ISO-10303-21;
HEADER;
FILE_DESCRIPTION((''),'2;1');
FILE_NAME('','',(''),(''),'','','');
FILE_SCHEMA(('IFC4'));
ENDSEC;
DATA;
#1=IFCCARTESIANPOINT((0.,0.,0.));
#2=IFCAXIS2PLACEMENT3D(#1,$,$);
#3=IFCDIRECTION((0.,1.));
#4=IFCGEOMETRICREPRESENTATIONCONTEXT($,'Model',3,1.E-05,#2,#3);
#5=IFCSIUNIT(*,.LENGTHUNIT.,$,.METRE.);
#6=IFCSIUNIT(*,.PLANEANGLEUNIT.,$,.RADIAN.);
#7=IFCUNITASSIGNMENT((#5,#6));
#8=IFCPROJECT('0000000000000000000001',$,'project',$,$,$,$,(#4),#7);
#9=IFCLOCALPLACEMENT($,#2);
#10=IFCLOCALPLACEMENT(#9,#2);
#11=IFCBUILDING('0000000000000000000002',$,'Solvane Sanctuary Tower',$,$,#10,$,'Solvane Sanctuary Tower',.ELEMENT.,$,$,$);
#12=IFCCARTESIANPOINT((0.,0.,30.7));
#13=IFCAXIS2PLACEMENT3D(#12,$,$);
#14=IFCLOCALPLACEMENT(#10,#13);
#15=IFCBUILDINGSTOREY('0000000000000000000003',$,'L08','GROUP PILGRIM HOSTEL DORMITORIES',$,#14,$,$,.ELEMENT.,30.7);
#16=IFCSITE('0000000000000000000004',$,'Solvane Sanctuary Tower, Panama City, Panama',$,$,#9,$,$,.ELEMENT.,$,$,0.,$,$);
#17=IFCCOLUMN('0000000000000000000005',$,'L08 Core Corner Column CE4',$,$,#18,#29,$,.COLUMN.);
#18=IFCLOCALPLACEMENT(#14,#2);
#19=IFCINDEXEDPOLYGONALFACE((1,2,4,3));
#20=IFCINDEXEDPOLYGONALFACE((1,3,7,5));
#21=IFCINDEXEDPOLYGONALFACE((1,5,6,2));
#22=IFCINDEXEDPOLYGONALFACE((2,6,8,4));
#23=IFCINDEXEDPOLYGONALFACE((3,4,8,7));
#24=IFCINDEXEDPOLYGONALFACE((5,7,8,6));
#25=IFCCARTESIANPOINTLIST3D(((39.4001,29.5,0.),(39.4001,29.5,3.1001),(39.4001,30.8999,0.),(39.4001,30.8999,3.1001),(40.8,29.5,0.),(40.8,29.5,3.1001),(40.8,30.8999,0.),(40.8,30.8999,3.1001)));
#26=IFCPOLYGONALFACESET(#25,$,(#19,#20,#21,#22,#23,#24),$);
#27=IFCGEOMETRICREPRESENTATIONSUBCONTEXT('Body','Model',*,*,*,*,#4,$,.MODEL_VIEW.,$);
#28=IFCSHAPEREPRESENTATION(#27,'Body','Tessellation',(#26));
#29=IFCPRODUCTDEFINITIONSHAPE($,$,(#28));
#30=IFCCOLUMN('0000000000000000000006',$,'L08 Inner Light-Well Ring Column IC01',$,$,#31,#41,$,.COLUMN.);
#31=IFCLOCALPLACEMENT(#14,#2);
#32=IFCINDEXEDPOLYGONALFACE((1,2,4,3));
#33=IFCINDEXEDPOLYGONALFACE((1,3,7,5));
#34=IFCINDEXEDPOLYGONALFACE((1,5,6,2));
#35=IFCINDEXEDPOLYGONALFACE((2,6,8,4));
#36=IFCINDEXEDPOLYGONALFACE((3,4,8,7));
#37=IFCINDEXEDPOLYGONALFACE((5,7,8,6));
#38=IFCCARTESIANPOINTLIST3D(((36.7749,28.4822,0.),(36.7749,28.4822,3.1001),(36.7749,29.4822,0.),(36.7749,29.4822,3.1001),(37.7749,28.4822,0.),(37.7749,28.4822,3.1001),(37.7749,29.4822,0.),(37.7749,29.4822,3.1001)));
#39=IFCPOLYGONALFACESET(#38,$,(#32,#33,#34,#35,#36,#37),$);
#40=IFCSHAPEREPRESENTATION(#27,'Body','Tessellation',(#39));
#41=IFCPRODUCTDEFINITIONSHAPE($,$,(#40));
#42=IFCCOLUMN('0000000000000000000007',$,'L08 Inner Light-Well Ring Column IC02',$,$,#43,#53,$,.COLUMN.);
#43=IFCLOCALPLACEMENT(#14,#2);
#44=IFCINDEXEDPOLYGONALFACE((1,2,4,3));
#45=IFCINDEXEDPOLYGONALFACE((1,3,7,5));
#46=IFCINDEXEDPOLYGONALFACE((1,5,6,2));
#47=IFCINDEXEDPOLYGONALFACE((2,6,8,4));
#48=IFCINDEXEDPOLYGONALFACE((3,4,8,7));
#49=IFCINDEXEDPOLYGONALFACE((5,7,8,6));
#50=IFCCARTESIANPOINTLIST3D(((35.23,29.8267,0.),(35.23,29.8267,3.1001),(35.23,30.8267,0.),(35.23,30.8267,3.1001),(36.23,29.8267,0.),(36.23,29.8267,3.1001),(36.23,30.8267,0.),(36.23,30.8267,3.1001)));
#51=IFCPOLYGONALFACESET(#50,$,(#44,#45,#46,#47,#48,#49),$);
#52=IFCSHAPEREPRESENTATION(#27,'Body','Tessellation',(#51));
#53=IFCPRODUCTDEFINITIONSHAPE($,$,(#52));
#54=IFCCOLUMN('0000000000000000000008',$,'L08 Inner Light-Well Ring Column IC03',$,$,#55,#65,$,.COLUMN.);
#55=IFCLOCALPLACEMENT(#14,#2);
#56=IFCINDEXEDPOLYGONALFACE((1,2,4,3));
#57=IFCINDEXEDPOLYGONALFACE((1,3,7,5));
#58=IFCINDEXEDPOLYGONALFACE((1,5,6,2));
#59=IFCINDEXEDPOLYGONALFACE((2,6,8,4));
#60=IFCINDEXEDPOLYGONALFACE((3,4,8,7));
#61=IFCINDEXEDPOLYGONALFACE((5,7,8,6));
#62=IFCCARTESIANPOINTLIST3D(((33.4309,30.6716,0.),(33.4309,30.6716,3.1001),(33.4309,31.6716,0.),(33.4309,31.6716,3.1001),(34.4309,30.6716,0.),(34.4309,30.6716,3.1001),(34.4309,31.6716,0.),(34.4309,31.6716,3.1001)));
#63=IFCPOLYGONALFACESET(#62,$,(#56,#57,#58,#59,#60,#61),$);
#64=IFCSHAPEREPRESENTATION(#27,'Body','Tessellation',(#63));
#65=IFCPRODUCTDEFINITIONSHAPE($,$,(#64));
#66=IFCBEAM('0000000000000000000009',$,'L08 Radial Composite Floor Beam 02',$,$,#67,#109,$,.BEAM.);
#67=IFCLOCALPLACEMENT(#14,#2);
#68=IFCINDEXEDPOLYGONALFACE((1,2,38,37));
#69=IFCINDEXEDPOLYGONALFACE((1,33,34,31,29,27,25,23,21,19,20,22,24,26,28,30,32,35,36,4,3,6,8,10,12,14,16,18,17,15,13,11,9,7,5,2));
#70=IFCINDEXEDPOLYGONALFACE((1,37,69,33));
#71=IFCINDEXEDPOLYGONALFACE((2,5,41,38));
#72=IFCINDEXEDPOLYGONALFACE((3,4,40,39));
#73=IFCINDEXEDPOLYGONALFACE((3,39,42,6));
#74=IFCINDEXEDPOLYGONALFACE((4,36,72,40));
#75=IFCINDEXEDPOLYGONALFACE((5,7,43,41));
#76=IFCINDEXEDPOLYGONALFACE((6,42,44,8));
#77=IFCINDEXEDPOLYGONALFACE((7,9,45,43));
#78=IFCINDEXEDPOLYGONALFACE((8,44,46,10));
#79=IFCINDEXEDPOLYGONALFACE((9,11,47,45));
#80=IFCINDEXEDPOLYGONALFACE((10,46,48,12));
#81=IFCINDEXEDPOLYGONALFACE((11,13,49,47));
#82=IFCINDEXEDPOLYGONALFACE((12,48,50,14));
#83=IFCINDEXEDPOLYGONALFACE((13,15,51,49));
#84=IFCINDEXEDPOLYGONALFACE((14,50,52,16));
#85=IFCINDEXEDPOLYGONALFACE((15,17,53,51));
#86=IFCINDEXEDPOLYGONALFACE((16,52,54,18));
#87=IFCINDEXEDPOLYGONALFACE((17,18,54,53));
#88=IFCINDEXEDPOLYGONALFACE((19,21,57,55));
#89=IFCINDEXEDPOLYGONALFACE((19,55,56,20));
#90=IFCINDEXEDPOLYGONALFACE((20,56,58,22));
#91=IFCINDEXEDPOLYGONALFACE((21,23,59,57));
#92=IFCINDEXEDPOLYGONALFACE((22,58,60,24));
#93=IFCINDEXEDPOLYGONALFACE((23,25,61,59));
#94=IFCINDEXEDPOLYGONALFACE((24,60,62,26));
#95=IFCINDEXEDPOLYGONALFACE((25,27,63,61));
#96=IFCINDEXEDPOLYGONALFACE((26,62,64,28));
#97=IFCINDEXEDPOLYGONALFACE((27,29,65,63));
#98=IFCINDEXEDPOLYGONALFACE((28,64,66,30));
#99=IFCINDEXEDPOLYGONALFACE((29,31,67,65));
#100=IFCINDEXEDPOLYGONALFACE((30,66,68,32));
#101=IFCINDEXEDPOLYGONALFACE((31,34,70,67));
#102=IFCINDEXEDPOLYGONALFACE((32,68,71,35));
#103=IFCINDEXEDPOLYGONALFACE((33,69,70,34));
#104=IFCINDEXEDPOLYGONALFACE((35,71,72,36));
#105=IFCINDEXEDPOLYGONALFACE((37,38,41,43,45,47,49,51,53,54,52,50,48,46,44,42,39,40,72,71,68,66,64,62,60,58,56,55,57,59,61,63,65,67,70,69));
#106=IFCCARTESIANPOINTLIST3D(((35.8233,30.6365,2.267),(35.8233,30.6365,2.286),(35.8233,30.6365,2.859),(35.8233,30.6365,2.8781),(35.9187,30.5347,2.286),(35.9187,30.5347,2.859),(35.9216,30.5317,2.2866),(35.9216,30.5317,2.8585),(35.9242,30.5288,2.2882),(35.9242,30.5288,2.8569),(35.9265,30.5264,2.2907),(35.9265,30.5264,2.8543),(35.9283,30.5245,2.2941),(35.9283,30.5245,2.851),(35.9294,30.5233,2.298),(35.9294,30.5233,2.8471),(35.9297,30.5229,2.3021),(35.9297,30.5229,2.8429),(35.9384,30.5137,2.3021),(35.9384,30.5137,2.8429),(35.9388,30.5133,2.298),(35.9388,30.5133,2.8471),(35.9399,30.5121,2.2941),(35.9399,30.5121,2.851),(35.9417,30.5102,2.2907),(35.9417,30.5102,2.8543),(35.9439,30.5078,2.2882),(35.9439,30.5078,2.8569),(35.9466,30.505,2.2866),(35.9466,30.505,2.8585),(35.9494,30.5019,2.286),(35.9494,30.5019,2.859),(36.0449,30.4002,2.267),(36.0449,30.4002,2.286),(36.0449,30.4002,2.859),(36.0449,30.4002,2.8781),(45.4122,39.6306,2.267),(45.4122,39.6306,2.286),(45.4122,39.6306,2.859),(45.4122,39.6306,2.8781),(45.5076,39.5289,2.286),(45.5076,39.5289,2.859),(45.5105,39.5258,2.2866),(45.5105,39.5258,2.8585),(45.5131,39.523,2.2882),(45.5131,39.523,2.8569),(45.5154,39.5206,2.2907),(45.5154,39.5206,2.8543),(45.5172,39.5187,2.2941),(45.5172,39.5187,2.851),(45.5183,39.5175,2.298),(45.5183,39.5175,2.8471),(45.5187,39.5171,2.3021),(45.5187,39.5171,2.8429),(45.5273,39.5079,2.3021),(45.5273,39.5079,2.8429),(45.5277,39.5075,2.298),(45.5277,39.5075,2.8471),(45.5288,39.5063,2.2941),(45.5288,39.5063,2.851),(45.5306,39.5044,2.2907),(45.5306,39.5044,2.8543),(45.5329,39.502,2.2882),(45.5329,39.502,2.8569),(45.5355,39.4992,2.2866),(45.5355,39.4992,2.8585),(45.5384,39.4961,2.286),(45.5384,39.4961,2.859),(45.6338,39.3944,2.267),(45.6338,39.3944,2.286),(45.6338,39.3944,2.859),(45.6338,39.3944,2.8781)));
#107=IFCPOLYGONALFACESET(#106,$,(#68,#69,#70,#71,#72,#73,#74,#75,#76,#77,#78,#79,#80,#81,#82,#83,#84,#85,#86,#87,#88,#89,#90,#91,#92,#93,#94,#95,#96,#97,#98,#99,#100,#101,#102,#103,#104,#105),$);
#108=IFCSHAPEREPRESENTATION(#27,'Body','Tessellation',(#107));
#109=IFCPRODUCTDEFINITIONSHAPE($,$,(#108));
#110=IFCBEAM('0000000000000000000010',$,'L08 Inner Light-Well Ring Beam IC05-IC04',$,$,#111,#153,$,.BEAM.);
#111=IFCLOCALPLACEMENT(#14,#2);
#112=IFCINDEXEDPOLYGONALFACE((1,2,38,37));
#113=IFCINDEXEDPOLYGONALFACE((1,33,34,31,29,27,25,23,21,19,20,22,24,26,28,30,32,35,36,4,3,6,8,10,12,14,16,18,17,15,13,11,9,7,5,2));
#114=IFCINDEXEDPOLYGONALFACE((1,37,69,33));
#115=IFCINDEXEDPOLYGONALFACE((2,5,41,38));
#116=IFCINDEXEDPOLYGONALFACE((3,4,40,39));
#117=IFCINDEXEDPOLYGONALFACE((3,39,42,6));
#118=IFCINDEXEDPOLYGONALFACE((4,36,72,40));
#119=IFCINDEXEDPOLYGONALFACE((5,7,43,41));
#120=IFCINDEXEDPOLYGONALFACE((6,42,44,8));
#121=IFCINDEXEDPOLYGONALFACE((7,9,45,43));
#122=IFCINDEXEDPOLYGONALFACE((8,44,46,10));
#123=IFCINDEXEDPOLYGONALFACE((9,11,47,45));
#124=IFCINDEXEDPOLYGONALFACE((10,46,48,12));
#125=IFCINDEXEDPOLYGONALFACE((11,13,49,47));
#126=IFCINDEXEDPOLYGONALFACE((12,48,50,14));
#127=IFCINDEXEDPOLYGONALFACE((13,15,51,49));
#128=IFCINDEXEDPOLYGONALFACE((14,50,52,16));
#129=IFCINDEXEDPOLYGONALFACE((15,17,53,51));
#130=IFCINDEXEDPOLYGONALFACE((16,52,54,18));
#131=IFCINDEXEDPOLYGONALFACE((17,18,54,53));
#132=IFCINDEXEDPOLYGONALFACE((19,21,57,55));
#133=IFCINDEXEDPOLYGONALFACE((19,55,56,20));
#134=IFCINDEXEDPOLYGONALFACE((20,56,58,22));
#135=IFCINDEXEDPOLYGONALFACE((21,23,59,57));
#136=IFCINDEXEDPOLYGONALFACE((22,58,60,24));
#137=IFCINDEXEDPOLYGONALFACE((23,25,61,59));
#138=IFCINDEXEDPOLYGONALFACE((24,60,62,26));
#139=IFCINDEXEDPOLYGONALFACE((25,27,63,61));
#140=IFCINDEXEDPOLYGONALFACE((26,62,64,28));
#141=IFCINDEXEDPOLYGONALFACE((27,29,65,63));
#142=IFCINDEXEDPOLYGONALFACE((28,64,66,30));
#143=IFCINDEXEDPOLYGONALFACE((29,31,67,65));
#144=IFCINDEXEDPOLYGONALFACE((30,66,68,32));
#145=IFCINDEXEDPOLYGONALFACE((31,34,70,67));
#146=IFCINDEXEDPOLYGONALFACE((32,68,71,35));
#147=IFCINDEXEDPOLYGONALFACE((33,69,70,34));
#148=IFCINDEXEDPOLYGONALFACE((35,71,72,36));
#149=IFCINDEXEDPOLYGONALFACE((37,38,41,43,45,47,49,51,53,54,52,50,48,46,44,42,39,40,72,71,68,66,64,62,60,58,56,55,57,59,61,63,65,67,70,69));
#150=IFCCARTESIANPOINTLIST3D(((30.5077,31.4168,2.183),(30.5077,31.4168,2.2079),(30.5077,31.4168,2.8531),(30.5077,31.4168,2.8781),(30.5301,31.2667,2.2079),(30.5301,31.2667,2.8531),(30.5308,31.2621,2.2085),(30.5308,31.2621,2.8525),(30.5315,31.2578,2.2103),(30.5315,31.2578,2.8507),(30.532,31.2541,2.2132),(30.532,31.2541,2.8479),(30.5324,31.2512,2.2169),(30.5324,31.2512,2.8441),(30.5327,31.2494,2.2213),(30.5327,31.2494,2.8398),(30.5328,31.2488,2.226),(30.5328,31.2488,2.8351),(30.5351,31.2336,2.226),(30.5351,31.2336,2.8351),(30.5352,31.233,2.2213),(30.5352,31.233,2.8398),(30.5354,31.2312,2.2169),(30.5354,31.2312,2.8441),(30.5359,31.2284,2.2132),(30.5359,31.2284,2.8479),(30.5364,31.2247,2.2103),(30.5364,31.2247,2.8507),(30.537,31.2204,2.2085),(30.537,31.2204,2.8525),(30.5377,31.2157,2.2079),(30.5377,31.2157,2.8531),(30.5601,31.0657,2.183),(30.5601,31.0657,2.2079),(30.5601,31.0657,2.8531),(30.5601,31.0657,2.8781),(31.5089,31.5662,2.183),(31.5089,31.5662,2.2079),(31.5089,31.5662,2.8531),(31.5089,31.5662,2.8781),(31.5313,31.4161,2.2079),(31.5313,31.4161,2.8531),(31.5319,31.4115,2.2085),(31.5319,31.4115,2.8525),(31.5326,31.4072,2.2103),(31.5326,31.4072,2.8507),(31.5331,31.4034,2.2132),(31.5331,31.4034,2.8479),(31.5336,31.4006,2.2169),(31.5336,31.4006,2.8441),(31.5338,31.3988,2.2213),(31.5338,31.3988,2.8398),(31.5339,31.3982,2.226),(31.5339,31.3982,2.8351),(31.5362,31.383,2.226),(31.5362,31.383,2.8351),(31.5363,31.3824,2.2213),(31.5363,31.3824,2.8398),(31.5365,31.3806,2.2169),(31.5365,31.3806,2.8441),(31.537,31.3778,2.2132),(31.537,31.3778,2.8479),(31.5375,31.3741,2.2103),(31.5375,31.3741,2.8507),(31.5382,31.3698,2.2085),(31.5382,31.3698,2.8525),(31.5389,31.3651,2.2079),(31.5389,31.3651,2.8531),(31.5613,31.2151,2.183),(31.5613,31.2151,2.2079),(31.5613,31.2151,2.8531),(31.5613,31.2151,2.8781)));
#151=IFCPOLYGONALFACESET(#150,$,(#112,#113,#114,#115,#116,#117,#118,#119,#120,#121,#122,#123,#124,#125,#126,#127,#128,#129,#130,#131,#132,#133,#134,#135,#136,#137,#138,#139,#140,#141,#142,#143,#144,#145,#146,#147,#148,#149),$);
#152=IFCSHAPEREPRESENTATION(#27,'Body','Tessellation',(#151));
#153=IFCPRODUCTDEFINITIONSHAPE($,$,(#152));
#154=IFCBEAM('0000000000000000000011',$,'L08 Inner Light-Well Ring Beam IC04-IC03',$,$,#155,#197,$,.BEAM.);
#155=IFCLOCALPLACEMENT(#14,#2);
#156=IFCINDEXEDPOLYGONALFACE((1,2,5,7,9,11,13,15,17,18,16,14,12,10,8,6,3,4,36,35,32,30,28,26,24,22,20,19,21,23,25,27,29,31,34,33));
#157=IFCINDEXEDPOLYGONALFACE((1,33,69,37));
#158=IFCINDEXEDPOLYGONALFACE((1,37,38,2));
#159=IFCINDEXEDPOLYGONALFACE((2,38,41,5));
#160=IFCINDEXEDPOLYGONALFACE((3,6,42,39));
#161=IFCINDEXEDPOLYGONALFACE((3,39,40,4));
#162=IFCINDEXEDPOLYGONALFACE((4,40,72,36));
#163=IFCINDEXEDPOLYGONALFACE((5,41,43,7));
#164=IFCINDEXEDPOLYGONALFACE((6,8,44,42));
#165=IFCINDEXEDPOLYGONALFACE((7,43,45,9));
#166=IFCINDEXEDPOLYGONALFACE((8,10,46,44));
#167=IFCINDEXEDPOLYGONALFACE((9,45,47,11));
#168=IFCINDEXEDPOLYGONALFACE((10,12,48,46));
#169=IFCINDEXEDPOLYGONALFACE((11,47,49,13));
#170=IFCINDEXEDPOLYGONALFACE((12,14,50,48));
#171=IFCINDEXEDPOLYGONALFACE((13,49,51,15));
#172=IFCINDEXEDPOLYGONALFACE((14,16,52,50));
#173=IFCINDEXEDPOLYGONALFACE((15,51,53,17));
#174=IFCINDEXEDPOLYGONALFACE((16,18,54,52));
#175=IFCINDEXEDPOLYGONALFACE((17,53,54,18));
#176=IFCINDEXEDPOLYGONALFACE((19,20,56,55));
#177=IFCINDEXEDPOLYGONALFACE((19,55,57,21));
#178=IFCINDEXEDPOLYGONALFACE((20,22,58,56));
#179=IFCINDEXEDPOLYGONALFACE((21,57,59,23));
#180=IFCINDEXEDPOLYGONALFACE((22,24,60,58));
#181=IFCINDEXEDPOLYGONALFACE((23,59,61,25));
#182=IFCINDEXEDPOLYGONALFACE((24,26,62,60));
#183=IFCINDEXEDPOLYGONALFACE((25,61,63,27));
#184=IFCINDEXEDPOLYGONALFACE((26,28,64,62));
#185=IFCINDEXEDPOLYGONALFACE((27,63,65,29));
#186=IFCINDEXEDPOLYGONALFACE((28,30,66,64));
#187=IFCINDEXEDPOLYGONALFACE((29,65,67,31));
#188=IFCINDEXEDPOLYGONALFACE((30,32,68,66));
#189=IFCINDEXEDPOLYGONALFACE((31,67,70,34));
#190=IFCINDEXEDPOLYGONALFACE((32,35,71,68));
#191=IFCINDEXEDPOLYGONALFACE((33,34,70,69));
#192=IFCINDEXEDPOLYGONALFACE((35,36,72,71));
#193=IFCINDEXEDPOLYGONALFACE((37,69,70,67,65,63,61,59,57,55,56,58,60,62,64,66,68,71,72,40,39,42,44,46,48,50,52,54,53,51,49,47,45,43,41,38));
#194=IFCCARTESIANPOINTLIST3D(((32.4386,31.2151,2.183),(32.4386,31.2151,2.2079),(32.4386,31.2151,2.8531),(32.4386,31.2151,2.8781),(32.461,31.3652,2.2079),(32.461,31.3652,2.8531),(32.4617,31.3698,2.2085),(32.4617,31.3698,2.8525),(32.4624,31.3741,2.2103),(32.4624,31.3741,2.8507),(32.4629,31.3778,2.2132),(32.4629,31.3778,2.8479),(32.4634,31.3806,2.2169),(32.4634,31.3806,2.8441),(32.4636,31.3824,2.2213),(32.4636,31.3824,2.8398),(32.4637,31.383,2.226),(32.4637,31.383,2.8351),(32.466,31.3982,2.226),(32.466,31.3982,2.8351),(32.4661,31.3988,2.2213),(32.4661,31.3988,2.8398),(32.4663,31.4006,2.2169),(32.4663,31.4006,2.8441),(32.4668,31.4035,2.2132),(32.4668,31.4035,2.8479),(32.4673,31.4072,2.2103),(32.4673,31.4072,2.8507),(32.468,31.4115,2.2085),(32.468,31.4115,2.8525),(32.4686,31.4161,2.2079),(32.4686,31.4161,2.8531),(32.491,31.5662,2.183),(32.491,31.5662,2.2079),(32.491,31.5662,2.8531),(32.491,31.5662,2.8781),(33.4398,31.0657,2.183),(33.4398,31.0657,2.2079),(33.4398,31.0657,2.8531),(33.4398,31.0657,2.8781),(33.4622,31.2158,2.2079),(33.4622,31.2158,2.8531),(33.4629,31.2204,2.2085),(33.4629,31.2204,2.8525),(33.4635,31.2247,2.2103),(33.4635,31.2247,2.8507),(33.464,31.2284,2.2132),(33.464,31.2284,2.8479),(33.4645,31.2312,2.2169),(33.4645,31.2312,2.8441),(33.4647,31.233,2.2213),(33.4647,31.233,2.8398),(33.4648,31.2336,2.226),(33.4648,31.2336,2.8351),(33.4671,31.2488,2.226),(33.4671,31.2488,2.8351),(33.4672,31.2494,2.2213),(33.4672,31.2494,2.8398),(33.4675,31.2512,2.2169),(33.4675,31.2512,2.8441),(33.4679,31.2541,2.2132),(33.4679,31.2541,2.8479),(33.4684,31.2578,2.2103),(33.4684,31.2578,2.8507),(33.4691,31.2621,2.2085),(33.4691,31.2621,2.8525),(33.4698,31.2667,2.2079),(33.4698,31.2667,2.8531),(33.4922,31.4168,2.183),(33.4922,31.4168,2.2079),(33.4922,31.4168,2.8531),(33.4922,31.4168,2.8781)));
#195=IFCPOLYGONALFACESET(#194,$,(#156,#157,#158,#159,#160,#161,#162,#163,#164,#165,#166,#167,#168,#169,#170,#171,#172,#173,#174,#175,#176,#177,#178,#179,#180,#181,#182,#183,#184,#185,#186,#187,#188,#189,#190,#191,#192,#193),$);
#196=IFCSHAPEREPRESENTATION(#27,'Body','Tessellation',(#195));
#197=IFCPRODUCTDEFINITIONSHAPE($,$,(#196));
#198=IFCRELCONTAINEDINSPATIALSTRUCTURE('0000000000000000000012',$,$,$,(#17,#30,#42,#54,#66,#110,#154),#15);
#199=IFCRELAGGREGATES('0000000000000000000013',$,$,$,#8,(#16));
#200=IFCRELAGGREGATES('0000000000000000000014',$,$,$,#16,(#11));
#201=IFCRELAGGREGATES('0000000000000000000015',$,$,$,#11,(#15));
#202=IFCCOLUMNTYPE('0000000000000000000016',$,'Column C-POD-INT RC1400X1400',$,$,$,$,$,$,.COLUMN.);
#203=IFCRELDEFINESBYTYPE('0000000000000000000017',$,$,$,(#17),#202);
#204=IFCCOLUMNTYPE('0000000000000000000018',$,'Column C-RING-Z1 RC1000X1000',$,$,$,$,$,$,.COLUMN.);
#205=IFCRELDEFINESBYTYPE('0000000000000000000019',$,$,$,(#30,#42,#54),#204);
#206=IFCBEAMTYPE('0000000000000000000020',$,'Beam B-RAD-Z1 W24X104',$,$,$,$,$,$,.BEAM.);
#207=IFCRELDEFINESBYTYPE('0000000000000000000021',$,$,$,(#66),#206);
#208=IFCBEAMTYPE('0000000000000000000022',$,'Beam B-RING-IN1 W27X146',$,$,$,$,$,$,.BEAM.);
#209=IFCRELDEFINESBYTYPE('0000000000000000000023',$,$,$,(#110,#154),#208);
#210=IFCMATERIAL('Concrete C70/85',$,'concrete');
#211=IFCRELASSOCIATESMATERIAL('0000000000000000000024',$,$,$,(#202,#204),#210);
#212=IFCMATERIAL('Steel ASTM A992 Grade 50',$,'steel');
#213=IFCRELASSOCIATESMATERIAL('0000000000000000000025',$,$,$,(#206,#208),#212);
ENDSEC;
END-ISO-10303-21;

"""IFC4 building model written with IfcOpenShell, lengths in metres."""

from ifc_helpers import new_model, si_unit, direction, frame, origin, origin_2d, place, context, subcontext, project, spatial, rectangle, i_section, extrude, material, material_profile, profile_set, type_object, element, save


model = new_model("IFC4")

# Units and contexts
model_context = context("Model", 3, precision=1e-05, world=origin(), true_north=direction((0.0, 1.0)))
body_context = subcontext(model_context, "Body", "Model", "MODEL_VIEW")
ifc_project = project(units=[si_unit("LENGTHUNIT", "METRE"), si_unit("PLANEANGLEUNIT", "RADIAN")], contexts=[model_context])

# Site, building, storey
site_placement = place(None, origin())
site = spatial("IfcSite", under=ifc_project, at=site_placement, Name="Solvane Sanctuary Tower, Panama City, Panama", CompositionType="ELEMENT", RefElevation=0.0)
building_placement = place(site_placement, origin())
building = spatial("IfcBuilding", under=site, at=building_placement, Name="Solvane Sanctuary Tower", LongName="Solvane Sanctuary Tower", CompositionType="ELEMENT")
storey_placement = place(building_placement, frame((0.0, 0.0, 30.7)))
storey = spatial("IfcBuildingStorey", under=building, at=storey_placement, Name="L08", Description="GROUP PILGRIM HOSTEL DORMITORIES", CompositionType="ELEMENT", Elevation=30.7)

# Columns
ifc_material_1 = material(Name="Concrete C70/85", Category="concrete")
ifc_material_profile_1 = material_profile(ifc_material_1, rectangle(XDim=1.3999, YDim=1.3999, at=origin_2d()), Name="RC1400X1400")
ifc_profile_set_1 = profile_set([ifc_material_profile_1], Name="Concrete C70/85")
column_type_1 = type_object("IfcColumnType", Name="Column C-POD-INT RC1400X1400", PredefinedType="COLUMN", material=ifc_profile_set_1)
column_placement = place(storey_placement, frame((40.1001, 30.2, 0.0), z_axis=(0.0, 0.0, 1.0), x_axis=(1.0, 0.0, 0.0)))
element("IfcColumn", 1, at=column_placement, inside=storey, type_object=column_type_1, Name="L08 Core Corner Column CE4", PredefinedType="COLUMN", context=body_context, shape_type="SweptSolid", body=[
    extrude(rectangle(XDim=1.3999, YDim=1.3999, at=origin_2d()), origin(), (0.0, 0.0, 1.0), 3.1001),
])
ifc_material_profile_2 = material_profile(ifc_material_1, rectangle(XDim=1.0, YDim=1.0, at=origin_2d()), Name="RC1000X1000")
ifc_profile_set_2 = profile_set([ifc_material_profile_2], Name="Concrete C70/85")
column_type_2 = type_object("IfcColumnType", Name="Column C-RING-Z1 RC1000X1000", PredefinedType="COLUMN", material=ifc_profile_set_2)
for number, where, z_axis, x_axis, name in (
    (2, (37.2749, 28.9822, 0.0), (0.0, 0.0, 1.0), (1.0, 0.0, 0.0), "L08 Inner Light-Well Ring Column IC01"),
    (3, (35.73, 30.3267, 0.0), (0.0, 0.0, 1.0), (1.0, 0.0, 0.0), "L08 Inner Light-Well Ring Column IC02"),
    (4, (33.9309, 31.1716, 0.0), (0.0, 0.0, 1.0), (1.0, 0.0, 0.0), "L08 Inner Light-Well Ring Column IC03"),
):
    element("IfcColumn", number, at=place(storey_placement, frame(where, z_axis=z_axis, x_axis=x_axis)), inside=storey, type_object=column_type_2, Name=name, PredefinedType="COLUMN", context=body_context, shape_type="SweptSolid", body=[
        extrude(rectangle(XDim=1.0, YDim=1.0, at=origin_2d()), origin(), (0.0, 0.0, 1.0), 3.1001),
    ])

# Beams
ifc_material_2 = material(Name="Steel ASTM A992 Grade 50", Category="steel")
ifc_material_profile_3 = material_profile(ifc_material_2, i_section(OverallWidth=0.324, OverallDepth=0.6111, WebThickness=0.0127, FlangeThickness=0.019, FilletRadius=0.0161, at=origin_2d()), Name="W24X104")
ifc_profile_set_3 = profile_set([ifc_material_profile_3], Name="Steel ASTM A992 Grade 50")
beam_type_1 = type_object("IfcBeamType", Name="Beam B-RAD-Z1 W24X104", PredefinedType="BEAM", material=ifc_profile_set_3)
beam_1_placement = place(storey_placement, frame((35.9341, 30.5183, 2.5725), z_axis=(0.729363, 0.684126, 0.0), x_axis=(-0.684126, 0.729363, 0.0)))
element("IfcBeam", 5, at=beam_1_placement, inside=storey, type_object=beam_type_1, Name="L08 Radial Composite Floor Beam 02", PredefinedType="BEAM", context=body_context, shape_type="SweptSolid", body=[
    extrude(i_section(OverallWidth=0.324, OverallDepth=0.6111, WebThickness=0.0127, FlangeThickness=0.019, FilletRadius=0.0161, at=origin_2d()), origin(), (0.0, 0.0, 1.0), 13.147),
])
ifc_material_profile_4 = material_profile(ifc_material_2, i_section(OverallWidth=0.355, OverallDepth=0.6951, WebThickness=0.0154, FlangeThickness=0.0249, FilletRadius=0.0181, at=origin_2d()), Name="W27X146")
ifc_profile_set_4 = profile_set([ifc_material_profile_4], Name="Steel ASTM A992 Grade 50")
beam_type_2 = type_object("IfcBeamType", Name="Beam B-RING-IN1 W27X146", PredefinedType="BEAM", material=ifc_profile_set_4)
for number, where, z_axis, x_axis, name in (
    (6, (30.5339, 31.2412, 2.5305), (0.989048, 0.147597, 0.0), (-0.147597, 0.989048, 0.0), "L08 Inner Light-Well Ring Beam IC05-IC04"),
    (7, (32.4648, 31.3906, 2.5305), (0.989048, -0.147597, 0.0), (0.147597, 0.989048, 0.0), "L08 Inner Light-Well Ring Beam IC04-IC03"),
):
    element("IfcBeam", number, at=place(storey_placement, frame(where, z_axis=z_axis, x_axis=x_axis)), inside=storey, type_object=beam_type_2, Name=name, PredefinedType="BEAM", context=body_context, shape_type="SweptSolid", body=[
        extrude(i_section(OverallWidth=0.355, OverallDepth=0.6951, WebThickness=0.0154, FlangeThickness=0.0249, FilletRadius=0.0181, at=origin_2d()), origin(), (0.0, 0.0, 1.0), 1.0122),
    ])

save(model, "model.ifc")
